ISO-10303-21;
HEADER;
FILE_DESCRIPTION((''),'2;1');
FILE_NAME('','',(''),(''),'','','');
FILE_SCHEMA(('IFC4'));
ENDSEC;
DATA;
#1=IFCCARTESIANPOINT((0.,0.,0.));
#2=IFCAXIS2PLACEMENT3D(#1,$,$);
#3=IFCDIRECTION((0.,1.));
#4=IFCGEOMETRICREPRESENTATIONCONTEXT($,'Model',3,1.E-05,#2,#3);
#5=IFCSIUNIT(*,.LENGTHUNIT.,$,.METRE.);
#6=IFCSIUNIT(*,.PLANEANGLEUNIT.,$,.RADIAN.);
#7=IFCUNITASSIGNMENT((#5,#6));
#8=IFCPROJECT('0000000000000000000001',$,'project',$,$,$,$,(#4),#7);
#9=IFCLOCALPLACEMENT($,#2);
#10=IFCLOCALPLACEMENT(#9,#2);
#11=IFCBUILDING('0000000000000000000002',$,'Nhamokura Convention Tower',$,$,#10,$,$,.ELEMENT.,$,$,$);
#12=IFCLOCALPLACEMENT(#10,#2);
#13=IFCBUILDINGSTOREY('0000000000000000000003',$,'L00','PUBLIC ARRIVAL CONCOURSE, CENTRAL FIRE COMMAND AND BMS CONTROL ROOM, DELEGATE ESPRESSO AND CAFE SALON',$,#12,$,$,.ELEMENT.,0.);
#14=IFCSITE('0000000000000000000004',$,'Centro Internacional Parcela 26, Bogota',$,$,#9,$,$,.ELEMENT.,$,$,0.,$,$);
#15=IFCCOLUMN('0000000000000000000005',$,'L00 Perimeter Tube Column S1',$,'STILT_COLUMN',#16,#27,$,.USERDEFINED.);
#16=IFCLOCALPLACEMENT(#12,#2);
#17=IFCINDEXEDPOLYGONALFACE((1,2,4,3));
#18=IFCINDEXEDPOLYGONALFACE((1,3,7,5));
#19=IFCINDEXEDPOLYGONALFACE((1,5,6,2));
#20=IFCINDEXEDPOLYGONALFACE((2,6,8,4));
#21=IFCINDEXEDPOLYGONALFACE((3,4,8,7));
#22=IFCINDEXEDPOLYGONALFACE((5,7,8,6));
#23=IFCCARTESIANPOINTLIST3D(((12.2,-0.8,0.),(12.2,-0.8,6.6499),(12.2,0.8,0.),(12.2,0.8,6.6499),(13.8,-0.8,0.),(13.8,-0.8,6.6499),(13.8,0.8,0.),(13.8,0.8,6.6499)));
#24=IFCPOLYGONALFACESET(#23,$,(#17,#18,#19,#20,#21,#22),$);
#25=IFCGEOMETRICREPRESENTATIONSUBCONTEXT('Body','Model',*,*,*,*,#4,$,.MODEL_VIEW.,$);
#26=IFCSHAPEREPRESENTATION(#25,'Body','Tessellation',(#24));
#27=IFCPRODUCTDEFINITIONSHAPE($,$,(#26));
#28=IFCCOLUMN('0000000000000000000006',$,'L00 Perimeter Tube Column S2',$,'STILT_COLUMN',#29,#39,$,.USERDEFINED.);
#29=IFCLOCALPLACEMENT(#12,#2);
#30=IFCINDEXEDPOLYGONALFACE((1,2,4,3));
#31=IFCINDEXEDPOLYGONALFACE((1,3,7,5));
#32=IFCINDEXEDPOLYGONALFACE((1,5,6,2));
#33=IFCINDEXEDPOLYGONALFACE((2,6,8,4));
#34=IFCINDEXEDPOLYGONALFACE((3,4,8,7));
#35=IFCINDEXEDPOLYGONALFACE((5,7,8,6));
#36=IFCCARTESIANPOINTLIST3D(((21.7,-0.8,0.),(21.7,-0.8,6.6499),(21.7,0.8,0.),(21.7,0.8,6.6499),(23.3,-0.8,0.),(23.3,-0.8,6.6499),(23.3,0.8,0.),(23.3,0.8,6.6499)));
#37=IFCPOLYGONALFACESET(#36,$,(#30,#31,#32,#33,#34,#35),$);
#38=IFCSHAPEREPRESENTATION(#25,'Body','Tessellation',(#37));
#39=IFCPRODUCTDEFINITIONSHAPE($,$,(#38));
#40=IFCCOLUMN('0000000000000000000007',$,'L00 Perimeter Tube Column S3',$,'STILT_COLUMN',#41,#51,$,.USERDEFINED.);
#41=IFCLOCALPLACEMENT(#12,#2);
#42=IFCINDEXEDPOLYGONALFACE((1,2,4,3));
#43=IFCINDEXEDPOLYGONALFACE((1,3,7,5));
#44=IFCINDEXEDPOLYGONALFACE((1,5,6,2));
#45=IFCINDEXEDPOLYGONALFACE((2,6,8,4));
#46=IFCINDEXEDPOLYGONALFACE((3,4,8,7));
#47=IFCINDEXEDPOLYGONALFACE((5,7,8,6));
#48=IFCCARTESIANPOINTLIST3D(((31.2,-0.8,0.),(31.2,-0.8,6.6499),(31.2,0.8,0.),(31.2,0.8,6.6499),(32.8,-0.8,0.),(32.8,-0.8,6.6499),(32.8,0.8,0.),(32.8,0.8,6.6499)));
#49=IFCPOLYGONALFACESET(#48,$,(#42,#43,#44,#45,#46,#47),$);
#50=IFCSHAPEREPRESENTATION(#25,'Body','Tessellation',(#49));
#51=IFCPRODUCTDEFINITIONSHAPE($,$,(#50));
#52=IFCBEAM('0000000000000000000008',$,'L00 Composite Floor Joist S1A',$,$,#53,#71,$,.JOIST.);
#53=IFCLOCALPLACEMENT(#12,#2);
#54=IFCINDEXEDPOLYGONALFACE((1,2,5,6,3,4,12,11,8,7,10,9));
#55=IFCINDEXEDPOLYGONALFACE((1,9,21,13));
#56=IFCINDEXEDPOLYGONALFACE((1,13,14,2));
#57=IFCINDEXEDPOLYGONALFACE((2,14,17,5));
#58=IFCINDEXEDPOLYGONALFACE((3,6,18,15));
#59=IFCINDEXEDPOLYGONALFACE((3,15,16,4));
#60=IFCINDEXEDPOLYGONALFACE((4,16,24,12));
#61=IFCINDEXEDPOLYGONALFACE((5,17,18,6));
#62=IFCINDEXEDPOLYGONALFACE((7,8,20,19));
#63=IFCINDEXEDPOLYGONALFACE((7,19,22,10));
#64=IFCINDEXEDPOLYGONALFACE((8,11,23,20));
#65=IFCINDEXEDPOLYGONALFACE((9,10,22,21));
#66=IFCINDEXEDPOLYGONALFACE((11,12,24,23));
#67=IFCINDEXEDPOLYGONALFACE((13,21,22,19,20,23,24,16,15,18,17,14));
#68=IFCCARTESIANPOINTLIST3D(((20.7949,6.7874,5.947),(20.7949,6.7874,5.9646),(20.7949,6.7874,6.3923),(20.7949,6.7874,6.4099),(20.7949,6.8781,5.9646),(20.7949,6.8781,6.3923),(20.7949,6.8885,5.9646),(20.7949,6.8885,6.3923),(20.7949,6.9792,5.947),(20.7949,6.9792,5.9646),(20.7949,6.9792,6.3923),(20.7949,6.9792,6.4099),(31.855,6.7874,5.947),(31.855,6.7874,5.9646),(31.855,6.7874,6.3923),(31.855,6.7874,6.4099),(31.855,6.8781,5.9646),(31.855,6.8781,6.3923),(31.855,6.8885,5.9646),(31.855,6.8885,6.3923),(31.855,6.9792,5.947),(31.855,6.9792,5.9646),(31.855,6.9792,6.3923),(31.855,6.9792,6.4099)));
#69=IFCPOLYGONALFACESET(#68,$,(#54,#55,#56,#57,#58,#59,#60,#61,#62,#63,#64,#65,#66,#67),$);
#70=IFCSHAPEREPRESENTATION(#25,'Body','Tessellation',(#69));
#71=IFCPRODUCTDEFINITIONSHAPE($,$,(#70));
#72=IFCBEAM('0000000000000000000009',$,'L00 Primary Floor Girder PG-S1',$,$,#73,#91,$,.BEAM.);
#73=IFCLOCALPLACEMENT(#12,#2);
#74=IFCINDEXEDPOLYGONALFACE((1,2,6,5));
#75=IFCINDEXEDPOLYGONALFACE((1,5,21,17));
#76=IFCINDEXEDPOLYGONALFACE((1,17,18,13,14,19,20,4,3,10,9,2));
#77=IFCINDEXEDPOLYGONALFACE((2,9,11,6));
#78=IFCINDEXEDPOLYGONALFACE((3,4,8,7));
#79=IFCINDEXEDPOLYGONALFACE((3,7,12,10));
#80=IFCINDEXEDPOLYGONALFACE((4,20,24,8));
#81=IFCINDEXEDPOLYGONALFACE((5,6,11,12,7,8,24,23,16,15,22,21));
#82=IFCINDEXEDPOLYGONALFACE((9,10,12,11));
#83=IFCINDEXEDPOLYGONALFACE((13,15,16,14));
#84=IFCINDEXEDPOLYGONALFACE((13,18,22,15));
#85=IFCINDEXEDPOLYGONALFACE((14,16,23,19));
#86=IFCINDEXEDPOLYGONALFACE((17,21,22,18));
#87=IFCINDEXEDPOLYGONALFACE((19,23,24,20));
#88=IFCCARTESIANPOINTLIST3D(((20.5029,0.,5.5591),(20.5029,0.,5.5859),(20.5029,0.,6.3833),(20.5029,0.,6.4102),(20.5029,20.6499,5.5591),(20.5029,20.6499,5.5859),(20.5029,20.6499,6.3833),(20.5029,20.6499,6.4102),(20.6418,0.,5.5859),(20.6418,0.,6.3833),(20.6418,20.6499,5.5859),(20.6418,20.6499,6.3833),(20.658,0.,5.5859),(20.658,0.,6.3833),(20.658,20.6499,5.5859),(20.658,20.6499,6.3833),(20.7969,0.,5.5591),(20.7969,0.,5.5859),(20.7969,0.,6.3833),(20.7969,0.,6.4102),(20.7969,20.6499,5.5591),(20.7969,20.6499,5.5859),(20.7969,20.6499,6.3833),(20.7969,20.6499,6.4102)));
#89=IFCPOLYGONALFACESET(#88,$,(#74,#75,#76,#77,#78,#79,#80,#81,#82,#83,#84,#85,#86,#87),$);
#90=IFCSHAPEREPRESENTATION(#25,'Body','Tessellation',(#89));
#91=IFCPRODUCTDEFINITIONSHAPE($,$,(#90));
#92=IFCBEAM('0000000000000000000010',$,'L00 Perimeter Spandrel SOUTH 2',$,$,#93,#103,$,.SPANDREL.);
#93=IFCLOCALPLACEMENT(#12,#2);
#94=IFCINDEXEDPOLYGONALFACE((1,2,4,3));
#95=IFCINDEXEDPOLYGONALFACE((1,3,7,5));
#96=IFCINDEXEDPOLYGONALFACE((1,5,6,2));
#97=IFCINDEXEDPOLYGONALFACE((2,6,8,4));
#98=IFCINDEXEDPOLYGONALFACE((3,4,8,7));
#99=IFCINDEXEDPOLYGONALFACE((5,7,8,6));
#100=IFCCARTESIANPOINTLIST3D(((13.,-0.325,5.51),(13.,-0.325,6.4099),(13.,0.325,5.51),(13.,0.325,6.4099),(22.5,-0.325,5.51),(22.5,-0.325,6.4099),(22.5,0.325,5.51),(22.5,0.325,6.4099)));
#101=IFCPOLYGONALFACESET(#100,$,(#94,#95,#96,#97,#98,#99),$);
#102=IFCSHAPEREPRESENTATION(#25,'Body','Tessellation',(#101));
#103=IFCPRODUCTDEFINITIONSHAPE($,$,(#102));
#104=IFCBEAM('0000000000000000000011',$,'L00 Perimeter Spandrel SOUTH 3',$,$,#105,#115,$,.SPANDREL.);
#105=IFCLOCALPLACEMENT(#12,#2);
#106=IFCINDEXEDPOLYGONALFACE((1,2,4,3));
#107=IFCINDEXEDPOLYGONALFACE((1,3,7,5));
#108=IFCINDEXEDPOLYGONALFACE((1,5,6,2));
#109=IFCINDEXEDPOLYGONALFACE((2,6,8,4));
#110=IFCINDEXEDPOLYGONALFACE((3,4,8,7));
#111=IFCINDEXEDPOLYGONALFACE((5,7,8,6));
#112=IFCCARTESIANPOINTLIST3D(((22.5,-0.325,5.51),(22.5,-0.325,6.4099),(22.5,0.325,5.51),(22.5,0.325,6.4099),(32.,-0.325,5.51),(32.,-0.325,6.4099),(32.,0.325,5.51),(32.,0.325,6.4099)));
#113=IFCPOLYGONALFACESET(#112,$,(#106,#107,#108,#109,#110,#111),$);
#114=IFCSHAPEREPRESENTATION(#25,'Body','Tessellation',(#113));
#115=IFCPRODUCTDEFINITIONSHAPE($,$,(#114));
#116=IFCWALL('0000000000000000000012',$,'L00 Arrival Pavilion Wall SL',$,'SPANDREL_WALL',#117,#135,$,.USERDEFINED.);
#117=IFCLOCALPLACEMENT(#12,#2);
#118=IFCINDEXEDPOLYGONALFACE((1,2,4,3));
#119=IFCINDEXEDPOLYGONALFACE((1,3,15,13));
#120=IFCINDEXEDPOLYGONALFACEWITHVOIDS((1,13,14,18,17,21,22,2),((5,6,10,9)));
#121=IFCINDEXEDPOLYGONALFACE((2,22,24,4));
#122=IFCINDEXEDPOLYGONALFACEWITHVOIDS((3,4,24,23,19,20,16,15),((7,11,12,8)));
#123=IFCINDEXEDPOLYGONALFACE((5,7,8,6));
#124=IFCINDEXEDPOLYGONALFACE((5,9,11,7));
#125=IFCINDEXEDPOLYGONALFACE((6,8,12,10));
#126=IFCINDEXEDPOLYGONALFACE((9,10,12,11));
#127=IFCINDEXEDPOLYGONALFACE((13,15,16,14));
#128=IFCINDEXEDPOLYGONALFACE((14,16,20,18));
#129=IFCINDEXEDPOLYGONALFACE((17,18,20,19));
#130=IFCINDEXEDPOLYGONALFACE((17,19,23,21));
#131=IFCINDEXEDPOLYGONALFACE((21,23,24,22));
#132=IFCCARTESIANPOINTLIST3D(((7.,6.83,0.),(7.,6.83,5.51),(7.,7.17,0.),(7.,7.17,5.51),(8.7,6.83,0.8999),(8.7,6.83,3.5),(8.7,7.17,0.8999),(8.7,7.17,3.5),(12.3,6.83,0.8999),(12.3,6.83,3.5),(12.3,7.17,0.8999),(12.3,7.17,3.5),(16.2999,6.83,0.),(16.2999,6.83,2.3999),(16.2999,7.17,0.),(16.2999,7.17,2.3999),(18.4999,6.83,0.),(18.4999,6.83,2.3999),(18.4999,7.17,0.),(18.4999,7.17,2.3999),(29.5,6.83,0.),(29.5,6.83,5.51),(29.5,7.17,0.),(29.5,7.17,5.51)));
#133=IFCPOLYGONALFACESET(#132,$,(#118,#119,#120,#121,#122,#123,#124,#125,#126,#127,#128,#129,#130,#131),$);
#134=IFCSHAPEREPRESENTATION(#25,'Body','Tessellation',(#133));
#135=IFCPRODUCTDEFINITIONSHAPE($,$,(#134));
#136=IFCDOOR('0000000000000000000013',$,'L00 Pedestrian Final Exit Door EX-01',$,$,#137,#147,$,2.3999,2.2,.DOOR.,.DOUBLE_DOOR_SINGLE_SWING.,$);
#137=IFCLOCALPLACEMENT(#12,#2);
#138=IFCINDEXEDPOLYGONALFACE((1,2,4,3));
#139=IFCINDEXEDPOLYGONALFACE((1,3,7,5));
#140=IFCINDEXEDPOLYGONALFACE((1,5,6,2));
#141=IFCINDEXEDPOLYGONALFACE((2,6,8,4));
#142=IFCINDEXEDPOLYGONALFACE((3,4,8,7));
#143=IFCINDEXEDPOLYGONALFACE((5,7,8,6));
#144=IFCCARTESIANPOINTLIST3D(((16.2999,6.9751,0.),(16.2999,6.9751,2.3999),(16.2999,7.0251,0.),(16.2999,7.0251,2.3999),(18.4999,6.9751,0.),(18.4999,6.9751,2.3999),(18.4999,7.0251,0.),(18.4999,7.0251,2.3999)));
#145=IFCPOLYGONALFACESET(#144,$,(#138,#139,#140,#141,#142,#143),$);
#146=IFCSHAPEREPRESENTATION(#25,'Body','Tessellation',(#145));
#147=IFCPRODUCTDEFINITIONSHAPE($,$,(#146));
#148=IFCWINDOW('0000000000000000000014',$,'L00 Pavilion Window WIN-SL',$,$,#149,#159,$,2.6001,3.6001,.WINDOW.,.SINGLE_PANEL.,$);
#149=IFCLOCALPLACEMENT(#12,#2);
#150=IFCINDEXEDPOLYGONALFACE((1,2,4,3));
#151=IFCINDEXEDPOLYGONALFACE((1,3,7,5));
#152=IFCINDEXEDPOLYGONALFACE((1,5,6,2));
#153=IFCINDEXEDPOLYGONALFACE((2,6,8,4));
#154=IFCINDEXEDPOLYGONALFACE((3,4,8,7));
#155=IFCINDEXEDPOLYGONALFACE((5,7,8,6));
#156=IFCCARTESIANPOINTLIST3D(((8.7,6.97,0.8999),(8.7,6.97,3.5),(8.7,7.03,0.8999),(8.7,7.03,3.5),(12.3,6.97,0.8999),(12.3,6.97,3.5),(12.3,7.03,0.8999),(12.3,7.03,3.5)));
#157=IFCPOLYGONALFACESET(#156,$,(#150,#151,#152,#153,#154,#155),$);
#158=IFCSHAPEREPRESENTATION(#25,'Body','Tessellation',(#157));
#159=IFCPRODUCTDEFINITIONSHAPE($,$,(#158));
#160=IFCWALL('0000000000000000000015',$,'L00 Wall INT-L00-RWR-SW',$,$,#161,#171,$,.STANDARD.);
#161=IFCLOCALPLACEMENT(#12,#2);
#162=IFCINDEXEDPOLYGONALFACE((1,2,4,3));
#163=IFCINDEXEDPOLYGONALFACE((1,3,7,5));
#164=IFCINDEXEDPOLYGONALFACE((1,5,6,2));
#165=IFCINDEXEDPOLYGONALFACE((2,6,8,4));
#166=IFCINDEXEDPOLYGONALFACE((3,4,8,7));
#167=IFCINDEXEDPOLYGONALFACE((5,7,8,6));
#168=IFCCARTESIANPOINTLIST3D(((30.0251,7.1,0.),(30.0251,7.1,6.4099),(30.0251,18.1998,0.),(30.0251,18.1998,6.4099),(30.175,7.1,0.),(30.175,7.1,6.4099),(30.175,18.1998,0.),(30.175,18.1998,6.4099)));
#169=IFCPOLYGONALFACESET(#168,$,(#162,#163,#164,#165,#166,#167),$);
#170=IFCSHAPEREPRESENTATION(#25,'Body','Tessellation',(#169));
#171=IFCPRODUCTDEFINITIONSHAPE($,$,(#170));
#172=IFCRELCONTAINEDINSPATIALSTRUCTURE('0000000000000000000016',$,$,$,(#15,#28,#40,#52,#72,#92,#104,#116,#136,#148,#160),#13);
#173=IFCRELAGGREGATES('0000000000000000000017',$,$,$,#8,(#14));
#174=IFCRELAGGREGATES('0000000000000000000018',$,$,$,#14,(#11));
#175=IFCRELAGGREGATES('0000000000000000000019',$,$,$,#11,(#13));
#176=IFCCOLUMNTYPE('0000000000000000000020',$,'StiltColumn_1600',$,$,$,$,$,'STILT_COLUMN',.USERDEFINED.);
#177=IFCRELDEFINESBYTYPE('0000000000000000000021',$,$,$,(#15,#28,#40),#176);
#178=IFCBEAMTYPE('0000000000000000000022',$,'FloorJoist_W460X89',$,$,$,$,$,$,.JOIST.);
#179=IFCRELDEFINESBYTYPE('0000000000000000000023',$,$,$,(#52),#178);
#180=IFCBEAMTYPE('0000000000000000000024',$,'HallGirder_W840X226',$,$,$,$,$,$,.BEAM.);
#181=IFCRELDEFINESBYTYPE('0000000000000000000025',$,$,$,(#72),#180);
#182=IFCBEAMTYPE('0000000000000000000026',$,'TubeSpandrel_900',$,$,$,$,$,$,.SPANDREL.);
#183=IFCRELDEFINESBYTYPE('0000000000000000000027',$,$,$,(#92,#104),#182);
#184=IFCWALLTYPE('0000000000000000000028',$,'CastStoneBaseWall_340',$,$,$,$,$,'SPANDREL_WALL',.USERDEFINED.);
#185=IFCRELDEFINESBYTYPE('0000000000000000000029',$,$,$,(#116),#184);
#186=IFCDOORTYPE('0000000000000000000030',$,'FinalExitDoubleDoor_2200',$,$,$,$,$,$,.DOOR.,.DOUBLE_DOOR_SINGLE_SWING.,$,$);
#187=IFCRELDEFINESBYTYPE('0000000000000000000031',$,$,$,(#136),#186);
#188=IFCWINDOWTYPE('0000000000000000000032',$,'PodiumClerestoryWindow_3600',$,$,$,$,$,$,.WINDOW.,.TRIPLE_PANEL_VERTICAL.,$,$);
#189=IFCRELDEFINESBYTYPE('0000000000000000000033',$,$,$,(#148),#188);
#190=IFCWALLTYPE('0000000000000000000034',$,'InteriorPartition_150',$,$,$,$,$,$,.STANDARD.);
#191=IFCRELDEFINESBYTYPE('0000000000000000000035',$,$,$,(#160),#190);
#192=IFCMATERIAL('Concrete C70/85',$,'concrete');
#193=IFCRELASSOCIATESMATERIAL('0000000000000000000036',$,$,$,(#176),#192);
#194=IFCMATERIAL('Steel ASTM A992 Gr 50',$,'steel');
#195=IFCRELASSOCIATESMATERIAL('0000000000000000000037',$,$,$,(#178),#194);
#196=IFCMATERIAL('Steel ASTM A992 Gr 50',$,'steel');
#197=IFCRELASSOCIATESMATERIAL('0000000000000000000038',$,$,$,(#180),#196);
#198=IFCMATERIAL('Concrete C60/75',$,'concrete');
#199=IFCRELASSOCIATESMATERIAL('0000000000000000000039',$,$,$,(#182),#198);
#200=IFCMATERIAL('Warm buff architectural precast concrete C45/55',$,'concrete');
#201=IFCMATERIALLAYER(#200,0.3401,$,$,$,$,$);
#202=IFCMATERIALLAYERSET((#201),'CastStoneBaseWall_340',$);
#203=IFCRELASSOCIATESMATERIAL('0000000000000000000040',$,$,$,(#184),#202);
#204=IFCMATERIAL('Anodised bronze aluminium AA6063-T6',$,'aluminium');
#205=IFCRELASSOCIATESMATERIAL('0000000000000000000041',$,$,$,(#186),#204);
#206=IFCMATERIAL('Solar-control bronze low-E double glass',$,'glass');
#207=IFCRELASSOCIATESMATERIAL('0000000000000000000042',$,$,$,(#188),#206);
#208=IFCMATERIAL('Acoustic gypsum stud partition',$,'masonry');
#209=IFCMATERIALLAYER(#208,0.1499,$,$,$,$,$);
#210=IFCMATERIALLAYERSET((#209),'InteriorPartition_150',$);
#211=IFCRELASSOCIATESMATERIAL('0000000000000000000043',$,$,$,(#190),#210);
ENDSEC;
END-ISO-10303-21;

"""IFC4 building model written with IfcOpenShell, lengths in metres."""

from ifc_helpers import new_model, si_unit, direction, frame, frame_2d, origin, origin_2d, place, context, subcontext, project, spatial, rectangle, i_section, extrude, material, layer, layer_set, material_profile, profile_set, type_object, element, fill, save


model = new_model("IFC4")

# Units and contexts
model_context = context("Model", 3, precision=1e-05, world=origin(), true_north=direction((0.0, 1.0)))
body_context = subcontext(model_context, "Body", "Model", "MODEL_VIEW")
ifc_project = project(units=[si_unit("LENGTHUNIT", "METRE"), si_unit("PLANEANGLEUNIT", "RADIAN")], contexts=[model_context])

# Site, building, storey
site_placement = place(None, origin())
site = spatial("IfcSite", under=ifc_project, at=site_placement, Name="Centro Internacional Parcela 26, Bogota", CompositionType="ELEMENT", RefElevation=0.0)
building_placement = place(site_placement, origin())
building = spatial("IfcBuilding", under=site, at=building_placement, Name="Nhamokura Convention Tower", CompositionType="ELEMENT")
storey_placement = place(building_placement, origin())
storey = spatial("IfcBuildingStorey", under=building, at=storey_placement, Name="L00", Description="PUBLIC ARRIVAL CONCOURSE, CENTRAL FIRE COMMAND AND BMS CONTROL ROOM, DELEGATE ESPRESSO AND CAFE SALON", CompositionType="ELEMENT", Elevation=0.0)

# Columns
ifc_material_1 = material(Name="Concrete C70/85", Category="concrete")
ifc_material_profile_1 = material_profile(ifc_material_1, rectangle(XDim=1.6001, YDim=1.6001, at=origin_2d()))
ifc_profile_set_1 = profile_set([ifc_material_profile_1], Name="Concrete C70/85")
column_type = type_object("IfcColumnType", Name="StiltColumn_1600", ElementType="STILT_COLUMN", PredefinedType="USERDEFINED", material=ifc_profile_set_1)
for number, where, z_axis, x_axis, name in (
    (1, (13.0, 0.0, 0.0), (0.0, 0.0, 1.0), (1.0, 0.0, 0.0), "L00 Perimeter Tube Column S1"),
    (2, (22.5, 0.0, 0.0), (0.0, 0.0, 1.0), (1.0, 0.0, 0.0), "L00 Perimeter Tube Column S2"),
    (3, (32.0, 0.0, 0.0), (0.0, 0.0, 1.0), (1.0, 0.0, 0.0), "L00 Perimeter Tube Column S3"),
):
    element("IfcColumn", number, at=place(storey_placement, frame(where, z_axis=z_axis, x_axis=x_axis)), inside=storey, type_object=column_type, Name=name, ObjectType="STILT_COLUMN", PredefinedType="USERDEFINED", context=body_context, shape_type="SweptSolid", body=[
        extrude(rectangle(XDim=1.6001, YDim=1.6001, at=origin_2d()), origin(), (0.0, 0.0, 1.0), 6.6499),
    ])

# Beams
ifc_material_2 = material(Name="Steel ASTM A992 Gr 50", Category="steel")
ifc_material_profile_2 = material_profile(ifc_material_2, i_section(OverallWidth=0.1919, OverallDepth=0.4629, WebThickness=0.0105, FlangeThickness=0.0176, at=origin_2d()))
ifc_profile_set_2 = profile_set([ifc_material_profile_2], Name="Steel ASTM A992 Gr 50")
beam_type_1 = type_object("IfcBeamType", Name="FloorJoist_W460X89", PredefinedType="JOIST", material=ifc_profile_set_2)
beam_1_placement = place(storey_placement, frame((20.7949, 6.8833, 6.1785), z_axis=(1.0, 0.0, 0.0), x_axis=(0.0, 1.0, 0.0)))
element("IfcBeam", 4, at=beam_1_placement, inside=storey, type_object=beam_type_1, Name="L00 Composite Floor Joist S1A", PredefinedType="JOIST", context=body_context, shape_type="SweptSolid", body=[
    extrude(i_section(OverallWidth=0.1919, OverallDepth=0.4629, WebThickness=0.0105, FlangeThickness=0.0176, at=origin_2d()), origin(), (0.0, 0.0, 1.0), 11.0601),
])
ifc_material_3 = material(Name="Steel ASTM A992 Gr 50", Category="steel")
ifc_material_profile_3 = material_profile(ifc_material_3, i_section(OverallWidth=0.2939, OverallDepth=0.8511, WebThickness=0.0161, FlangeThickness=0.0269, at=origin_2d()))
ifc_profile_set_3 = profile_set([ifc_material_profile_3], Name="Steel ASTM A992 Gr 50")
beam_type_2 = type_object("IfcBeamType", Name="HallGirder_W840X226", PredefinedType="BEAM", material=ifc_profile_set_3)
beam_2_placement = place(storey_placement, frame((20.6499, 0.0, 5.9846), z_axis=(0.0, 1.0, 0.0), x_axis=(-1.0, 0.0, 0.0)))
element("IfcBeam", 5, at=beam_2_placement, inside=storey, type_object=beam_type_2, Name="L00 Primary Floor Girder PG-S1", PredefinedType="BEAM", context=body_context, shape_type="SweptSolid", body=[
    extrude(i_section(OverallWidth=0.2939, OverallDepth=0.8511, WebThickness=0.0161, FlangeThickness=0.0269, at=origin_2d()), origin(), (0.0, 0.0, 1.0), 20.6499),
])
ifc_material_4 = material(Name="Concrete C60/75", Category="concrete")
ifc_material_profile_4 = material_profile(ifc_material_4, rectangle(XDim=0.6499, YDim=0.8999, at=origin_2d()))
ifc_profile_set_4 = profile_set([ifc_material_profile_4], Name="Concrete C60/75")
beam_type_3 = type_object("IfcBeamType", Name="TubeSpandrel_900", PredefinedType="SPANDREL", material=ifc_profile_set_4)
for number, where, z_axis, x_axis, name in (
    (6, (13.0, 0.0, 5.96), (1.0, 0.0, 0.0), (0.0, 1.0, 0.0), "L00 Perimeter Spandrel SOUTH 2"),
    (7, (22.5, 0.0, 5.96), (1.0, 0.0, 0.0), (0.0, 1.0, 0.0), "L00 Perimeter Spandrel SOUTH 3"),
):
    element("IfcBeam", number, at=place(storey_placement, frame(where, z_axis=z_axis, x_axis=x_axis)), inside=storey, type_object=beam_type_3, Name=name, PredefinedType="SPANDREL", context=body_context, shape_type="SweptSolid", body=[
        extrude(rectangle(XDim=0.6499, YDim=0.8999, at=origin_2d()), origin(), (0.0, 0.0, 1.0), 9.5),
    ])

# Wall, openings, door, window
ifc_material_5 = material(Name="Warm buff architectural precast concrete C45/55", Category="concrete")
ifc_layer_1 = layer(ifc_material_5, 0.3401)
ifc_layer_set_1 = layer_set([ifc_layer_1], Name="CastStoneBaseWall_340")
wall_type_1 = type_object("IfcWallType", Name="CastStoneBaseWall_340", ElementType="SPANDREL_WALL", PredefinedType="USERDEFINED", material=ifc_layer_set_1)
wall_1_placement = place(storey_placement, frame((29.5, 7.0, 0.0), z_axis=(0.0, 0.0, 1.0), x_axis=(-1.0, 0.0, 0.0)))
wall_1 = element("IfcWall", 8, at=wall_1_placement, inside=storey, type_object=wall_type_1, Name="L00 Arrival Pavilion Wall SL", ObjectType="SPANDREL_WALL", PredefinedType="USERDEFINED", context=body_context, shape_type="SweptSolid", body=[
    extrude(rectangle(XDim=22.5, YDim=0.3401, at=frame_2d((11.25, 0.0))), origin(), (0.0, 0.0, 1.0), 5.51),
])
opening_1_placement = place(wall_1_placement, frame((11.0, 0.0, 0.0)))
opening_1 = element("IfcOpeningElement", 9, at=opening_1_placement, cuts=wall_1, PredefinedType="OPENING", context=body_context, shape_type="SweptSolid", body=[
    extrude(rectangle(XDim=2.2, YDim=2.3999, at=frame_2d((1.1001, 1.2))), frame((0.0, 0.1799, 0.0), z_axis=(0.0, -1.0, 0.0), x_axis=(1.0, 0.0, 0.0)), (0.0, 0.0, 1.0), 0.3601),
])
opening_2_placement = place(wall_1_placement, frame((17.2, 0.0, 0.8999)))
opening_2 = element("IfcOpeningElement", 10, at=opening_2_placement, cuts=wall_1, PredefinedType="OPENING", context=body_context, shape_type="SweptSolid", body=[
    extrude(rectangle(XDim=3.6001, YDim=2.6001, at=frame_2d((1.8, 1.3))), frame((0.0, 0.1799, 0.0), z_axis=(0.0, -1.0, 0.0), x_axis=(1.0, 0.0, 0.0)), (0.0, 0.0, 1.0), 0.3601),
])
ifc_material_6 = material(Name="Anodised bronze aluminium AA6063-T6", Category="aluminium")
door_type_1 = type_object("IfcDoorType", Name="FinalExitDoubleDoor_2200", OperationType="DOUBLE_DOOR_SINGLE_SWING", PredefinedType="DOOR", material=ifc_material_6)
door_1_placement = place(opening_1_placement, origin())
door_1 = element("IfcDoor", 11, at=door_1_placement, inside=storey, type_object=door_type_1, Name="L00 Pedestrian Final Exit Door EX-01", OperationType="DOUBLE_DOOR_SINGLE_SWING", OverallHeight=2.3999, OverallWidth=2.2, PredefinedType="DOOR", context=body_context, shape_type="SweptSolid", body=[
    extrude(rectangle(XDim=2.2, YDim=2.3999, at=frame_2d((1.1001, 1.2))), frame((0.0, 0.0249, 0.0), z_axis=(0.0, -1.0, 0.0), x_axis=(1.0, 0.0, 0.0)), (0.0, 0.0, 1.0), 0.05),
])
fill(opening_1, door_1)
ifc_material_7 = material(Name="Solar-control bronze low-E double glass", Category="glass")
window_type = type_object("IfcWindowType", Name="PodiumClerestoryWindow_3600", PartitioningType="TRIPLE_PANEL_VERTICAL", PredefinedType="WINDOW", material=ifc_material_7)
window_placement = place(opening_2_placement, origin())
window = element("IfcWindow", 12, at=window_placement, inside=storey, type_object=window_type, Name="L00 Pavilion Window WIN-SL", OverallHeight=2.6001, OverallWidth=3.6001, PartitioningType="SINGLE_PANEL", PredefinedType="WINDOW", context=body_context, shape_type="SweptSolid", body=[
    extrude(rectangle(XDim=3.6001, YDim=2.6001, at=frame_2d((1.8, 1.3))), frame((0.0, 0.03, 0.0), z_axis=(0.0, -1.0, 0.0), x_axis=(1.0, 0.0, 0.0)), (0.0, 0.0, 1.0), 0.0601),
])
fill(opening_2, window)

# Wall
ifc_material_8 = material(Name="Acoustic gypsum stud partition", Category="masonry")
ifc_layer_2 = layer(ifc_material_8, 0.1499)
ifc_layer_set_2 = layer_set([ifc_layer_2], Name="InteriorPartition_150")
wall_type_2 = type_object("IfcWallType", Name="InteriorPartition_150", PredefinedType="STANDARD", material=ifc_layer_set_2)
wall_2_placement = place(storey_placement, frame((30.1001, 7.1001, 0.0), z_axis=(0.0, 0.0, 1.0), x_axis=(0.0, 1.0, 0.0)))
element("IfcWall", 13, at=wall_2_placement, inside=storey, type_object=wall_type_2, Name="L00 Wall INT-L00-RWR-SW", PredefinedType="STANDARD", context=body_context, shape_type="SweptSolid", body=[
    extrude(rectangle(XDim=11.0999, YDim=0.1499, at=frame_2d((5.5498, 0.0))), origin(), (0.0, 0.0, 1.0), 6.4099),
])

save(model, "model.ifc")
